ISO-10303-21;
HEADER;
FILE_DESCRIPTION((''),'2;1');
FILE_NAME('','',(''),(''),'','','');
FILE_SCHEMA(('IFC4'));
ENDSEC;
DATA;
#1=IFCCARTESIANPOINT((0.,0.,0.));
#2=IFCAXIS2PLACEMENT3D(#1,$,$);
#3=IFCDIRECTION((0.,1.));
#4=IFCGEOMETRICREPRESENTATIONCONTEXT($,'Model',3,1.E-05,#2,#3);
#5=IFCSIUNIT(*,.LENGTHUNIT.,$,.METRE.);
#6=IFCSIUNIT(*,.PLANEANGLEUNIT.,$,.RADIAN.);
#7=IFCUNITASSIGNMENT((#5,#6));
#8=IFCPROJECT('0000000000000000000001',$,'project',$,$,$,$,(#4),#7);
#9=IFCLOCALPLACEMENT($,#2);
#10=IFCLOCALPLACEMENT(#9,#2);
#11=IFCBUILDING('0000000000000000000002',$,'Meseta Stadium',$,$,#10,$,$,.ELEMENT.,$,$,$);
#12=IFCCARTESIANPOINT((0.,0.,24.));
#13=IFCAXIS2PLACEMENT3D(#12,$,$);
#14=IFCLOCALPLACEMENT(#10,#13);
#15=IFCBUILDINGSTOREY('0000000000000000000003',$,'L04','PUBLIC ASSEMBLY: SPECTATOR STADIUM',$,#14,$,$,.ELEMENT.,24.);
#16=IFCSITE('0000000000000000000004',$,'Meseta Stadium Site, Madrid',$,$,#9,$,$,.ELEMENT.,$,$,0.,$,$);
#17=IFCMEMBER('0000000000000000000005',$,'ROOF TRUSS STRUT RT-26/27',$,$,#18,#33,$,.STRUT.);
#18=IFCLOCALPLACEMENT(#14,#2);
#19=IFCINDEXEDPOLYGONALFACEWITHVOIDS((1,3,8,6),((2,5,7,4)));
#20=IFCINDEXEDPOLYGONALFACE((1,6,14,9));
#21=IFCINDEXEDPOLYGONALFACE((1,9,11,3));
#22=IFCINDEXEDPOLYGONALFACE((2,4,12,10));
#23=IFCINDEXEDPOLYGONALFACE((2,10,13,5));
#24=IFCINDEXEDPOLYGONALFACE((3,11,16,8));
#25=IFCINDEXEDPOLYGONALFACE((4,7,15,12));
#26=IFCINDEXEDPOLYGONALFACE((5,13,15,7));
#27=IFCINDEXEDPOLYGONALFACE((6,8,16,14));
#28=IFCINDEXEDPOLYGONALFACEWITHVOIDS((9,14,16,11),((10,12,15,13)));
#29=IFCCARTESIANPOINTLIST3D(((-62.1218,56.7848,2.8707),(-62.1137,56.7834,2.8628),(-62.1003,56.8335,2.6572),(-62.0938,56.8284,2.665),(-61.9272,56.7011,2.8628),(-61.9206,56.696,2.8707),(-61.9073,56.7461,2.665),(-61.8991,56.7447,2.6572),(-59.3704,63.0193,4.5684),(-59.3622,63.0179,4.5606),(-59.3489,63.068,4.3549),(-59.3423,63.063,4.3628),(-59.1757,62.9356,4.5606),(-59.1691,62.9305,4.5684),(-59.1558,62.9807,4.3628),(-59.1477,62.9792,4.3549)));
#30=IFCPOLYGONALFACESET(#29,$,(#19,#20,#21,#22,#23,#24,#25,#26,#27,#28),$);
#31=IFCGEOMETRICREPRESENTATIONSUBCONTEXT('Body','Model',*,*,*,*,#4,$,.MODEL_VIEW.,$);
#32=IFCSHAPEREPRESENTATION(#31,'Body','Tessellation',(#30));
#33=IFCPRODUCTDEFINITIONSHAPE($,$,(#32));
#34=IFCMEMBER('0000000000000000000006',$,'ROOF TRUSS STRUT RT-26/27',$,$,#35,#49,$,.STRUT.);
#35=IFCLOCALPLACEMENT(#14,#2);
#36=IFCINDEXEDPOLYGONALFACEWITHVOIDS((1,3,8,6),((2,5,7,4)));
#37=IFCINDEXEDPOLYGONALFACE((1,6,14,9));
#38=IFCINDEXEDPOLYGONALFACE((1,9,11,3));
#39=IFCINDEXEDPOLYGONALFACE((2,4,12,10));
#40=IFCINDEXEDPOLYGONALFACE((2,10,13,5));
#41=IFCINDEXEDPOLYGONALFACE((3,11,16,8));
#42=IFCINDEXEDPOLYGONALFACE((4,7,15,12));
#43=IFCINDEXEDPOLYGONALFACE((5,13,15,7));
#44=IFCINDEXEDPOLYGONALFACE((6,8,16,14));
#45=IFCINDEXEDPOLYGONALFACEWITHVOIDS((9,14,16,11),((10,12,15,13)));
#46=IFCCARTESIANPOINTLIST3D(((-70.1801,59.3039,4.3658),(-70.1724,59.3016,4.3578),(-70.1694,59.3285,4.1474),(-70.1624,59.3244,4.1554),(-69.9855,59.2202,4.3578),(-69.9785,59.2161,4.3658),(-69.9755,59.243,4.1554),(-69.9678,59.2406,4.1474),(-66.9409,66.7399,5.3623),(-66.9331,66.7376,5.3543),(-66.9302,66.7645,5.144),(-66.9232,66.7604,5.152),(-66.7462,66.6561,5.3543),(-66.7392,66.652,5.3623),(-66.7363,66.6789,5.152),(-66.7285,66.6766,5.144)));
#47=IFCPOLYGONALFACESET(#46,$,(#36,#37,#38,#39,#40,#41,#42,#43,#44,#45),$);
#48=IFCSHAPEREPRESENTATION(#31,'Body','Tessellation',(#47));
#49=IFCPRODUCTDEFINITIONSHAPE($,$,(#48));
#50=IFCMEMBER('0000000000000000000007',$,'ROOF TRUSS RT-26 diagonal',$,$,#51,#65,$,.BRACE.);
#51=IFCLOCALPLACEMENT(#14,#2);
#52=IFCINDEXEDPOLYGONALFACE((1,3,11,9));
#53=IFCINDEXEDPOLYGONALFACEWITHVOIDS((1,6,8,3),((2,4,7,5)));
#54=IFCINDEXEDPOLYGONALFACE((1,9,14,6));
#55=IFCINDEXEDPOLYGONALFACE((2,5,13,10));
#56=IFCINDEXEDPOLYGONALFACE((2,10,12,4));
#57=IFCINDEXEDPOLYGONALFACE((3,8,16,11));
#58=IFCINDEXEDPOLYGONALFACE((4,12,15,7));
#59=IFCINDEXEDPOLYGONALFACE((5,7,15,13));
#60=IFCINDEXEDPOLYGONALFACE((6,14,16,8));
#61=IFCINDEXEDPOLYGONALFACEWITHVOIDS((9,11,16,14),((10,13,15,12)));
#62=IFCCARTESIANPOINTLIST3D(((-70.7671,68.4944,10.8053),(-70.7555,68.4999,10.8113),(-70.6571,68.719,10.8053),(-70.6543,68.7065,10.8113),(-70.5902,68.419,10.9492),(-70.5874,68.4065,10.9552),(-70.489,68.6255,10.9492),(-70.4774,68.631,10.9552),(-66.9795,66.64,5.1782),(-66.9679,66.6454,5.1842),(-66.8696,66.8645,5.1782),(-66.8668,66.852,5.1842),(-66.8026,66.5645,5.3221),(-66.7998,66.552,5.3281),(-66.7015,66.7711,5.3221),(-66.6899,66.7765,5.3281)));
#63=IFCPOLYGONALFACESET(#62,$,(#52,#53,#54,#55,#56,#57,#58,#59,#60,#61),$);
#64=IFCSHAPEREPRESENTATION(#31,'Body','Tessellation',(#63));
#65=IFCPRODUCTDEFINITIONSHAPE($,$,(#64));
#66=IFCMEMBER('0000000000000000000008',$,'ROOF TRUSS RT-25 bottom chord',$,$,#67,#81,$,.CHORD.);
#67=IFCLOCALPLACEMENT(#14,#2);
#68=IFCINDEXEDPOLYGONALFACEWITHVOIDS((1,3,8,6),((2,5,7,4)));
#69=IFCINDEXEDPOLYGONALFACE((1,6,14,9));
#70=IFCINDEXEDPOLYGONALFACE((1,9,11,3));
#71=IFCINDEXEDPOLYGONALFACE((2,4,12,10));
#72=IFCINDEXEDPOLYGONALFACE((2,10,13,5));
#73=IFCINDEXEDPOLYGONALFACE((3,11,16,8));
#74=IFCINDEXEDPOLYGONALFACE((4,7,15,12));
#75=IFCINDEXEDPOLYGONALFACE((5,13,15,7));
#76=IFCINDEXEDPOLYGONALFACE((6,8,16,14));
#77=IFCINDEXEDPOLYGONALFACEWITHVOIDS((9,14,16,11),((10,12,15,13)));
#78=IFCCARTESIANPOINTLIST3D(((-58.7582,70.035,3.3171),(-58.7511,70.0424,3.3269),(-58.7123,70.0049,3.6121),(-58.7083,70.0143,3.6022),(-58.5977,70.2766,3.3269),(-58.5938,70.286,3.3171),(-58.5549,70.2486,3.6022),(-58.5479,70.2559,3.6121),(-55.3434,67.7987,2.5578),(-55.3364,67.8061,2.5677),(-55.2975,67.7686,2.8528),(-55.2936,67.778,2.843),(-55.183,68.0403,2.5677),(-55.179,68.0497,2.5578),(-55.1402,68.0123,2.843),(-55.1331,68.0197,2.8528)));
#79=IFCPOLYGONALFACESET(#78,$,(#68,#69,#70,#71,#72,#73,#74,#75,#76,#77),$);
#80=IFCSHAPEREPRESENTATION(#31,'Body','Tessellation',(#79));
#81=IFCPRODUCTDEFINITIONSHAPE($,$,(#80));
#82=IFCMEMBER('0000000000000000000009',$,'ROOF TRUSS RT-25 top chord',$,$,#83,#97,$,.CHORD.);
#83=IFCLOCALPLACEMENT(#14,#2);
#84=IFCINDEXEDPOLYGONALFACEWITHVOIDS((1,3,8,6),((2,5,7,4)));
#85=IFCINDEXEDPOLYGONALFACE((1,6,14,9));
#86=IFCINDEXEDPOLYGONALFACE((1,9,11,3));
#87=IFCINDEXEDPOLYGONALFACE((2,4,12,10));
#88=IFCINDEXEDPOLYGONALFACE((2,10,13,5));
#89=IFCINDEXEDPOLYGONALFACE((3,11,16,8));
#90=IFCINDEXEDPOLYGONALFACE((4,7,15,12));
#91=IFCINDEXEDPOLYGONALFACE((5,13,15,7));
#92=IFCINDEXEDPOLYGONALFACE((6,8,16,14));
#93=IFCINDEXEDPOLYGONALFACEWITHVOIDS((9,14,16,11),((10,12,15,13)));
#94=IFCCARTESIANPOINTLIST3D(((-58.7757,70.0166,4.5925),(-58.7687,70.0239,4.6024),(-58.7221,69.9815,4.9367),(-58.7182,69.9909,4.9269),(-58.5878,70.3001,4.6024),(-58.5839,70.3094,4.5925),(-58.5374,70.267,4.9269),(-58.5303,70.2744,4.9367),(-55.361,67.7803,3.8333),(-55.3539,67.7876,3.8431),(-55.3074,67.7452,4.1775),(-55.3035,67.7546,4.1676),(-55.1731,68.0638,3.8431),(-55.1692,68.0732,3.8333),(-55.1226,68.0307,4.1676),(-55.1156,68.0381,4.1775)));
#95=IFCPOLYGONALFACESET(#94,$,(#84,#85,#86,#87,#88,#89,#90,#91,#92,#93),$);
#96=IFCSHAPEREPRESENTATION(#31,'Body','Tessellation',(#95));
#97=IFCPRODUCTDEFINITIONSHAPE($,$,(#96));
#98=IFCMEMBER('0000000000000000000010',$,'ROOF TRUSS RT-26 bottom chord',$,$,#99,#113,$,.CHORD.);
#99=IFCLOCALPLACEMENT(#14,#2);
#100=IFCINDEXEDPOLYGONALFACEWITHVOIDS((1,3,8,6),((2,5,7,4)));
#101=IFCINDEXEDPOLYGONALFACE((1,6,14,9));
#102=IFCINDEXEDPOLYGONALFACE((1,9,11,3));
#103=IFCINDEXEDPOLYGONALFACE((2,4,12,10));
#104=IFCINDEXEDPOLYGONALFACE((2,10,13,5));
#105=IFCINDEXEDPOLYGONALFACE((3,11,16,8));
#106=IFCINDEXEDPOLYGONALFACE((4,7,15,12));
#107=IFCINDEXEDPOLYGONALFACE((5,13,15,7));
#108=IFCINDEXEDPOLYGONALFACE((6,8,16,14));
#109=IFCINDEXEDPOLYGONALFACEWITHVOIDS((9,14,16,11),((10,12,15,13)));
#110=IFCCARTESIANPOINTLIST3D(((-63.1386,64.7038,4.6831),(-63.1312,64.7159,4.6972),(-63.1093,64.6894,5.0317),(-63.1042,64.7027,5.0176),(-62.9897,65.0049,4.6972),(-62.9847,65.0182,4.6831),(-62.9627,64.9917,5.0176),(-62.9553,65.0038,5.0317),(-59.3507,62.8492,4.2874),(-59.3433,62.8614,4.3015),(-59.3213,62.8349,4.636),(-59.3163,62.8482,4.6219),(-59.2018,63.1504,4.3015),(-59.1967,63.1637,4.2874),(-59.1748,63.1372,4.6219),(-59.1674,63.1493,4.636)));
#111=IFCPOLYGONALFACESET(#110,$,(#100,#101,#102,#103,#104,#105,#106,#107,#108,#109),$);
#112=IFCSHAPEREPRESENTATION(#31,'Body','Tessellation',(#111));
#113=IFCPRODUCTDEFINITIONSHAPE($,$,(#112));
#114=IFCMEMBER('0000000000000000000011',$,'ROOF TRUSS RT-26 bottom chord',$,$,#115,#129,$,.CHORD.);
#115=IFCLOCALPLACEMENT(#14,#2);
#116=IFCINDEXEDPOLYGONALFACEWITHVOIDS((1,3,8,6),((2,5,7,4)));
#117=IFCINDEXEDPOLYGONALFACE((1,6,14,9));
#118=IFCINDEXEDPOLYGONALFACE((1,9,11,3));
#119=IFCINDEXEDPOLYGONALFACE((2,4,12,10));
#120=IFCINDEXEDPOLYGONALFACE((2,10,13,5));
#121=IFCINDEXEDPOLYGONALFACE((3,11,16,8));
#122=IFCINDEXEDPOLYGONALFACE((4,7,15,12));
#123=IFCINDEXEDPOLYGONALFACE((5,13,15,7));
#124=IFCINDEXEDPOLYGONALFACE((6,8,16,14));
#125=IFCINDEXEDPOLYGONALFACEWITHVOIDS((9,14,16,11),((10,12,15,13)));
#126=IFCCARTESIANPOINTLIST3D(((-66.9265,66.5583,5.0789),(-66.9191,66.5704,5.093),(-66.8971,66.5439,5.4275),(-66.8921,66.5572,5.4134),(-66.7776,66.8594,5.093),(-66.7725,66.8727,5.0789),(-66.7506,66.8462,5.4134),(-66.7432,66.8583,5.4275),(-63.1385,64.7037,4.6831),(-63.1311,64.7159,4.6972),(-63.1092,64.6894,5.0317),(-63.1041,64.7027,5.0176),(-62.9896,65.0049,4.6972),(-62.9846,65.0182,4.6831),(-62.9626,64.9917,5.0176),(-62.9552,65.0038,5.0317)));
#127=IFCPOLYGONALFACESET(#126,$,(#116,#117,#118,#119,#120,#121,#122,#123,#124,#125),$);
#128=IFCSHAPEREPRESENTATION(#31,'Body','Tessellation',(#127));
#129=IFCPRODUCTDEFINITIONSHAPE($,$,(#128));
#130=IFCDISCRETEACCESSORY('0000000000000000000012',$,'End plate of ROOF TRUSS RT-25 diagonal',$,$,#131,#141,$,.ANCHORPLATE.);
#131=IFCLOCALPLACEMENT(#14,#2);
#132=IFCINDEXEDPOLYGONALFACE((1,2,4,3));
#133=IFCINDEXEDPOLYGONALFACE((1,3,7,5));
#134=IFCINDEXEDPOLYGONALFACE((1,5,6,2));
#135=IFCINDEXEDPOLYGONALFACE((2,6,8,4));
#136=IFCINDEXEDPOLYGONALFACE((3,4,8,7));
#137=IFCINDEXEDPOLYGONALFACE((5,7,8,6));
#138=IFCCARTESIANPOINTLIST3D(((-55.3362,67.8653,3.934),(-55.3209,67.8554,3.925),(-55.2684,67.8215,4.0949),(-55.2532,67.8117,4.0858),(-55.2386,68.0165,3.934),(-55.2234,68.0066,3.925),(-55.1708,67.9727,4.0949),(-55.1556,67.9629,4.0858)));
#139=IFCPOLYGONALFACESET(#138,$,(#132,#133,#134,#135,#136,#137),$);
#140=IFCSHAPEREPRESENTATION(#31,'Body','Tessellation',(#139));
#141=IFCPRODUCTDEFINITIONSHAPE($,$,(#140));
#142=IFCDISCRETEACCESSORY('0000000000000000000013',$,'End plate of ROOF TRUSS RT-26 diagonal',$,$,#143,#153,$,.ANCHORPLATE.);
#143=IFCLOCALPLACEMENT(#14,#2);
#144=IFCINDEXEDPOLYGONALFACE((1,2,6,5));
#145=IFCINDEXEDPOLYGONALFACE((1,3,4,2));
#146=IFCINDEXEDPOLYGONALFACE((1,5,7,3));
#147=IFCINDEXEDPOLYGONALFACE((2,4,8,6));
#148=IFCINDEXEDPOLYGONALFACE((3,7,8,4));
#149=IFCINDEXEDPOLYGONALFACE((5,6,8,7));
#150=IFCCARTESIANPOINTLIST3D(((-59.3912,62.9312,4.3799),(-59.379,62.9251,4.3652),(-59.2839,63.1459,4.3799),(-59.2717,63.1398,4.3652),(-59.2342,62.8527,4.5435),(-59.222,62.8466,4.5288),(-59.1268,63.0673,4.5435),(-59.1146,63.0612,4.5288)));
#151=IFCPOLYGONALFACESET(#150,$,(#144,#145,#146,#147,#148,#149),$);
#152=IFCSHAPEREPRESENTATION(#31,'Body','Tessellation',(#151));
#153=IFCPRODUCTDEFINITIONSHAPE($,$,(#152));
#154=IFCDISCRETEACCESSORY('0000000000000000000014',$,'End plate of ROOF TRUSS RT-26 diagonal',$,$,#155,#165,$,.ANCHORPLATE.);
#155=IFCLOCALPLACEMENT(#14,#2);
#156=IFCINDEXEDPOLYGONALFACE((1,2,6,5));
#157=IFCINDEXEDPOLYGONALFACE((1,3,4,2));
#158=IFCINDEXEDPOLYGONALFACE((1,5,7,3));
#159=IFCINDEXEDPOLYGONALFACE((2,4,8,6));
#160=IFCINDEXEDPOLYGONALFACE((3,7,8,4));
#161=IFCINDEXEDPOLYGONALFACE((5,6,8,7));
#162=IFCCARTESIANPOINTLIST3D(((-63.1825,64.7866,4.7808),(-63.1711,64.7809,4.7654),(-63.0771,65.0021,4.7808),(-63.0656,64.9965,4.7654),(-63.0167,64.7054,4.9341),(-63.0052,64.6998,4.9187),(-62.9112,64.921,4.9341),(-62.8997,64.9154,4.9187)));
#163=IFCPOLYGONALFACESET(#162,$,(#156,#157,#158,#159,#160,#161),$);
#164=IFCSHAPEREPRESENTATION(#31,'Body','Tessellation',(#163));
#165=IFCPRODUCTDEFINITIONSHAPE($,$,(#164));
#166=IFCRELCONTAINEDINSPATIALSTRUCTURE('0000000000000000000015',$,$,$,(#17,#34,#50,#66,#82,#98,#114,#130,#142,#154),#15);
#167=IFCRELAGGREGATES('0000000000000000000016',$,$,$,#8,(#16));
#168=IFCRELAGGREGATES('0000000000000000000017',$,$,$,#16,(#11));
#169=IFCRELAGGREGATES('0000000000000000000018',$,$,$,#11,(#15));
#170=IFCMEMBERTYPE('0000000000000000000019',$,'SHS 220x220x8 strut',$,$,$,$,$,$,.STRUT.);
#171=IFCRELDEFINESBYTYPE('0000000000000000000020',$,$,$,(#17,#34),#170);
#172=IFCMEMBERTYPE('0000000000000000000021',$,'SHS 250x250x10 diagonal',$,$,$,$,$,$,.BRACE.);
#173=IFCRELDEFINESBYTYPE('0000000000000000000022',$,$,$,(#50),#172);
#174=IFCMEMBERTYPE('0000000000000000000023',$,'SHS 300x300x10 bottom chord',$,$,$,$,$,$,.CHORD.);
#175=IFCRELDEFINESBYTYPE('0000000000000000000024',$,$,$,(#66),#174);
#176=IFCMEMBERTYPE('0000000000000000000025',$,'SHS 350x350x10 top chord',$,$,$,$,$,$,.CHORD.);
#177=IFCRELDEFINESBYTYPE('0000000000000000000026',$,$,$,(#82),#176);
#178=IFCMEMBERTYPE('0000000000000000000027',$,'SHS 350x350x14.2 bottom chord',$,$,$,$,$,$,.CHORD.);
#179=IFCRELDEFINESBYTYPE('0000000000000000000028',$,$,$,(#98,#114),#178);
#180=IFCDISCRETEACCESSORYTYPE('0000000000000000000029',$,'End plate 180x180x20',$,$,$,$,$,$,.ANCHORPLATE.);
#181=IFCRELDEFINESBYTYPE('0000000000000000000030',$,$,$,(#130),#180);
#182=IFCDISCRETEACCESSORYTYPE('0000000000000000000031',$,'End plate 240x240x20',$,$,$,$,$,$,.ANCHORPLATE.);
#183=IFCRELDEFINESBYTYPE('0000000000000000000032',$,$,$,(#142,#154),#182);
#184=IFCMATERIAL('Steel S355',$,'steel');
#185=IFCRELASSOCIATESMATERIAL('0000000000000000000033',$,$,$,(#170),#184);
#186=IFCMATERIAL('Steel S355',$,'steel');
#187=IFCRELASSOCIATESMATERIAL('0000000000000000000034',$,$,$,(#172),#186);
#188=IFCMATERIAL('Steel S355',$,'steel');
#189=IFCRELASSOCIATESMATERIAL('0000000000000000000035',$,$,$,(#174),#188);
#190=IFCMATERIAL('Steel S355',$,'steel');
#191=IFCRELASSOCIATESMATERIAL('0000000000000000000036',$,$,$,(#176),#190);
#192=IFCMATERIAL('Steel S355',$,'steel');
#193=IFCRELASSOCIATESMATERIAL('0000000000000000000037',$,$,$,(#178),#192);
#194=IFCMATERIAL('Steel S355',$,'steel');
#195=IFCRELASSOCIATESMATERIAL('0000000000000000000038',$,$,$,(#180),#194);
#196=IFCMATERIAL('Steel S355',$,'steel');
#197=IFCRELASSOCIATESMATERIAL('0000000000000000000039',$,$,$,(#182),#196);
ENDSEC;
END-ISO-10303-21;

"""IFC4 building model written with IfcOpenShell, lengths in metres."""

from ifc_helpers import new_model, si_unit, direction, frame, origin, origin_2d, place, context, subcontext, project, spatial, rectangle, hollow_rectangle, extrude, material, material_profile, profile_set, type_object, element, save


model = new_model("IFC4")

# Units and contexts
model_context = context("Model", 3, precision=1e-05, world=origin(), true_north=direction((0.0, 1.0)))
body_context = subcontext(model_context, "Body", "Model", "MODEL_VIEW")
ifc_project = project(units=[si_unit("LENGTHUNIT", "METRE"), si_unit("PLANEANGLEUNIT", "RADIAN")], contexts=[model_context])

# Site, building, storey
site_placement = place(None, origin())
site = spatial("IfcSite", under=ifc_project, at=site_placement, Name="Meseta Stadium Site, Madrid", CompositionType="ELEMENT", RefElevation=0.0)
building_placement = place(site_placement, origin())
building = spatial("IfcBuilding", under=site, at=building_placement, Name="Meseta Stadium", CompositionType="ELEMENT")
storey_placement = place(building_placement, frame((0.0, 0.0, 24.0)))
storey = spatial("IfcBuildingStorey", under=building, at=storey_placement, Name="L04", Description="PUBLIC ASSEMBLY: SPECTATOR STADIUM", CompositionType="ELEMENT", Elevation=24.0)

# Members
ifc_material_1 = material(Name="Steel S355", Category="steel")
ifc_material_profile_1 = material_profile(ifc_material_1, hollow_rectangle(XDim=0.22, YDim=0.22, WallThickness=0.0081, at=origin_2d()), Name="SHS 220x220x8")
ifc_profile_set_1 = profile_set([ifc_material_profile_1], Name="Steel S355")
member_type_1 = type_object("IfcMemberType", Name="SHS 220x220x8 strut", PredefinedType="STRUT", material=ifc_profile_set_1)
member_1_placement = place(storey_placement, frame((-59.259, 62.9993, 4.4617), z_axis=(-0.391776, -0.887735, -0.24174), x_axis=(0.914869, -0.40375, 0.0)))
element("IfcMember", 1, at=member_1_placement, inside=storey, type_object=member_type_1, Name="ROOF TRUSS STRUT RT-26/27", PredefinedType="STRUT", context=body_context, shape_type="SweptSolid", body=[
    extrude(hollow_rectangle(XDim=0.22, YDim=0.22, WallThickness=0.0081, at=origin_2d()), origin(), (0.0, 0.0, 1.0), 7.0229),
])
member_2_placement = place(storey_placement, frame((-66.8347, 66.7083, 5.2532), z_axis=(-0.396388, -0.909947, -0.121952), x_axis=(0.91679, -0.399369, 0.0)))
element("IfcMember", 2, at=member_2_placement, inside=storey, type_object=member_type_1, Name="ROOF TRUSS STRUT RT-26/27", PredefinedType="STRUT", context=body_context, shape_type="SweptSolid", body=[
    extrude(hollow_rectangle(XDim=0.22, YDim=0.22, WallThickness=0.0081, at=origin_2d()), origin(), (0.0, 0.0, 1.0), 8.1719),
])
ifc_material_2 = material(Name="Steel S355", Category="steel")
ifc_material_profile_2 = material_profile(ifc_material_2, hollow_rectangle(XDim=0.25, YDim=0.25, WallThickness=0.01, at=origin_2d()), Name="SHS 250x250x10")
ifc_profile_set_2 = profile_set([ifc_material_profile_2], Name="Steel S355")
member_type_2 = type_object("IfcMemberType", Name="SHS 250x250x10 diagonal", PredefinedType="BRACE", material=ifc_profile_set_2)
member_3_placement = place(storey_placement, frame((-66.8347, 66.7083, 5.2532), z_axis=(-0.538616, 0.263718, 0.800216), x_axis=(-0.439742, -0.898124, 0.0)))
element("IfcMember", 3, at=member_3_placement, inside=storey, type_object=member_type_2, Name="ROOF TRUSS RT-26 diagonal", PredefinedType="BRACE", context=body_context, shape_type="SweptSolid", body=[
    extrude(hollow_rectangle(XDim=0.25, YDim=0.25, WallThickness=0.01, at=origin_2d()), origin(), (0.0, 0.0, 1.0), 7.032),
])
ifc_material_3 = material(Name="Steel S355", Category="steel")
ifc_material_profile_3 = material_profile(ifc_material_3, hollow_rectangle(XDim=0.3, YDim=0.3, WallThickness=0.01, at=origin_2d()), Name="SHS 300x300x10")
ifc_profile_set_3 = profile_set([ifc_material_profile_3], Name="Steel S355")
member_type_3 = type_object("IfcMemberType", Name="SHS 300x300x10 bottom chord", PredefinedType="CHORD", material=ifc_profile_set_3)
member_4_placement = place(storey_placement, frame((-55.2383, 67.9092, 2.7053), z_axis=(-0.82246, 0.538624, 0.182874), x_axis=(-0.547863, -0.836568, 0.0)))
element("IfcMember", 4, at=member_4_placement, inside=storey, type_object=member_type_3, Name="ROOF TRUSS RT-25 bottom chord", PredefinedType="CHORD", context=body_context, shape_type="SweptSolid", body=[
    extrude(hollow_rectangle(XDim=0.3, YDim=0.3, WallThickness=0.01, at=origin_2d()), origin(), (0.0, 0.0, 1.0), 4.1519),
])
ifc_material_4 = material(Name="Steel S355", Category="steel")
ifc_material_profile_4 = material_profile(ifc_material_4, hollow_rectangle(XDim=0.3501, YDim=0.3501, WallThickness=0.01, at=origin_2d()), Name="SHS 350x350x10")
ifc_profile_set_4 = profile_set([ifc_material_profile_4], Name="Steel S355")
member_type_4 = type_object("IfcMemberType", Name="SHS 350x350x10 top chord", PredefinedType="CHORD", material=ifc_profile_set_4)
member_5_placement = place(storey_placement, frame((-55.2383, 67.9092, 4.0054), z_axis=(-0.82246, 0.538624, 0.182874), x_axis=(-0.547863, -0.836568, 0.0)))
element("IfcMember", 5, at=member_5_placement, inside=storey, type_object=member_type_4, Name="ROOF TRUSS RT-25 top chord", PredefinedType="CHORD", context=body_context, shape_type="SweptSolid", body=[
    extrude(hollow_rectangle(XDim=0.3501, YDim=0.3501, WallThickness=0.01, at=origin_2d()), origin(), (0.0, 0.0, 1.0), 4.1519),
])
ifc_material_5 = material(Name="Steel S355", Category="steel")
ifc_material_profile_5 = material_profile(ifc_material_5, hollow_rectangle(XDim=0.3501, YDim=0.3501, WallThickness=0.0142, at=origin_2d()), Name="SHS 350x350x14.2")
ifc_profile_set_5 = profile_set([ifc_material_profile_5], Name="Steel S355")
member_type_5 = type_object("IfcMemberType", Name="SHS 350x350x14.2 bottom chord", PredefinedType="CHORD", material=ifc_profile_set_5)
for number, where, z_axis, x_axis, name in (
    (6, (-59.259, 62.9993, 4.4617), (-0.894207, 0.437796, 0.093426), (-0.439719, -0.898135, 0.0), "ROOF TRUSS RT-26 bottom chord"),
    (7, (-63.0469, 64.8538, 4.8574), (-0.894207, 0.437796, 0.093426), (-0.439719, -0.898135, 0.0), "ROOF TRUSS RT-26 bottom chord"),
):
    element("IfcMember", number, at=place(storey_placement, frame(where, z_axis=z_axis, x_axis=x_axis)), inside=storey, type_object=member_type_5, Name=name, PredefinedType="CHORD", context=body_context, shape_type="SweptSolid", body=[
        extrude(hollow_rectangle(XDim=0.3501, YDim=0.3501, WallThickness=0.0142, at=origin_2d()), origin(), (0.0, 0.0, 1.0), 4.2361),
    ])

# Discrete accessories
ifc_material_6 = material(Name="Steel S355", Category="steel")
ifc_material_profile_6 = material_profile(ifc_material_6, rectangle(XDim=0.1799, YDim=0.1799, at=origin_2d()), Name="PL 180x180")
ifc_profile_set_6 = profile_set([ifc_material_profile_6], Name="Steel S355")
discrete_accessory_type_1 = type_object("IfcDiscreteAccessoryType", Name="End plate 180x180x20", PredefinedType="ANCHORPLATE", material=ifc_profile_set_6)
discrete_accessory_1_placement = place(storey_placement, frame((-55.2383, 67.9092, 4.0054), z_axis=(-0.751143, 0.484608, 0.448263), x_axis=(-0.542127, -0.840297, 0.0)))
element("IfcDiscreteAccessory", 8, at=discrete_accessory_1_placement, inside=storey, type_object=discrete_accessory_type_1, Name="End plate of ROOF TRUSS RT-25 diagonal", PredefinedType="ANCHORPLATE", context=body_context, shape_type="SweptSolid", body=[
    extrude(rectangle(XDim=0.1799, YDim=0.1799, at=origin_2d()), origin(), (0.0, 0.0, 1.0), 0.0203),
])
ifc_material_7 = material(Name="Steel S355", Category="steel")
ifc_material_profile_7 = material_profile(ifc_material_7, rectangle(XDim=0.24, YDim=0.24, at=origin_2d()), Name="PL 240x240")
ifc_profile_set_7 = profile_set([ifc_material_profile_7], Name="Steel S355")
discrete_accessory_type_2 = type_object("IfcDiscreteAccessoryType", Name="End plate 240x240x20", PredefinedType="ANCHORPLATE", material=ifc_profile_set_7)
for number, where, z_axis, x_axis, name in (
    (9, (-59.2468, 62.9932, 4.447), (-0.609711, 0.304855, 0.731653), (-0.447214, -0.894427, 0.0), "End plate of ROOF TRUSS RT-26 diagonal"),
    (10, (-63.0354, 64.8481, 4.842), (-0.573897, 0.280843, 0.769266), (-0.439553, -0.898217, 0.0), "End plate of ROOF TRUSS RT-26 diagonal"),
):
    element("IfcDiscreteAccessory", number, at=place(storey_placement, frame(where, z_axis=z_axis, x_axis=x_axis)), inside=storey, type_object=discrete_accessory_type_2, Name=name, PredefinedType="ANCHORPLATE", context=body_context, shape_type="SweptSolid", body=[
        extrude(rectangle(XDim=0.24, YDim=0.24, at=origin_2d()), origin(), (0.0, 0.0, 1.0), 0.02),
    ])

save(model, "model.ifc")
